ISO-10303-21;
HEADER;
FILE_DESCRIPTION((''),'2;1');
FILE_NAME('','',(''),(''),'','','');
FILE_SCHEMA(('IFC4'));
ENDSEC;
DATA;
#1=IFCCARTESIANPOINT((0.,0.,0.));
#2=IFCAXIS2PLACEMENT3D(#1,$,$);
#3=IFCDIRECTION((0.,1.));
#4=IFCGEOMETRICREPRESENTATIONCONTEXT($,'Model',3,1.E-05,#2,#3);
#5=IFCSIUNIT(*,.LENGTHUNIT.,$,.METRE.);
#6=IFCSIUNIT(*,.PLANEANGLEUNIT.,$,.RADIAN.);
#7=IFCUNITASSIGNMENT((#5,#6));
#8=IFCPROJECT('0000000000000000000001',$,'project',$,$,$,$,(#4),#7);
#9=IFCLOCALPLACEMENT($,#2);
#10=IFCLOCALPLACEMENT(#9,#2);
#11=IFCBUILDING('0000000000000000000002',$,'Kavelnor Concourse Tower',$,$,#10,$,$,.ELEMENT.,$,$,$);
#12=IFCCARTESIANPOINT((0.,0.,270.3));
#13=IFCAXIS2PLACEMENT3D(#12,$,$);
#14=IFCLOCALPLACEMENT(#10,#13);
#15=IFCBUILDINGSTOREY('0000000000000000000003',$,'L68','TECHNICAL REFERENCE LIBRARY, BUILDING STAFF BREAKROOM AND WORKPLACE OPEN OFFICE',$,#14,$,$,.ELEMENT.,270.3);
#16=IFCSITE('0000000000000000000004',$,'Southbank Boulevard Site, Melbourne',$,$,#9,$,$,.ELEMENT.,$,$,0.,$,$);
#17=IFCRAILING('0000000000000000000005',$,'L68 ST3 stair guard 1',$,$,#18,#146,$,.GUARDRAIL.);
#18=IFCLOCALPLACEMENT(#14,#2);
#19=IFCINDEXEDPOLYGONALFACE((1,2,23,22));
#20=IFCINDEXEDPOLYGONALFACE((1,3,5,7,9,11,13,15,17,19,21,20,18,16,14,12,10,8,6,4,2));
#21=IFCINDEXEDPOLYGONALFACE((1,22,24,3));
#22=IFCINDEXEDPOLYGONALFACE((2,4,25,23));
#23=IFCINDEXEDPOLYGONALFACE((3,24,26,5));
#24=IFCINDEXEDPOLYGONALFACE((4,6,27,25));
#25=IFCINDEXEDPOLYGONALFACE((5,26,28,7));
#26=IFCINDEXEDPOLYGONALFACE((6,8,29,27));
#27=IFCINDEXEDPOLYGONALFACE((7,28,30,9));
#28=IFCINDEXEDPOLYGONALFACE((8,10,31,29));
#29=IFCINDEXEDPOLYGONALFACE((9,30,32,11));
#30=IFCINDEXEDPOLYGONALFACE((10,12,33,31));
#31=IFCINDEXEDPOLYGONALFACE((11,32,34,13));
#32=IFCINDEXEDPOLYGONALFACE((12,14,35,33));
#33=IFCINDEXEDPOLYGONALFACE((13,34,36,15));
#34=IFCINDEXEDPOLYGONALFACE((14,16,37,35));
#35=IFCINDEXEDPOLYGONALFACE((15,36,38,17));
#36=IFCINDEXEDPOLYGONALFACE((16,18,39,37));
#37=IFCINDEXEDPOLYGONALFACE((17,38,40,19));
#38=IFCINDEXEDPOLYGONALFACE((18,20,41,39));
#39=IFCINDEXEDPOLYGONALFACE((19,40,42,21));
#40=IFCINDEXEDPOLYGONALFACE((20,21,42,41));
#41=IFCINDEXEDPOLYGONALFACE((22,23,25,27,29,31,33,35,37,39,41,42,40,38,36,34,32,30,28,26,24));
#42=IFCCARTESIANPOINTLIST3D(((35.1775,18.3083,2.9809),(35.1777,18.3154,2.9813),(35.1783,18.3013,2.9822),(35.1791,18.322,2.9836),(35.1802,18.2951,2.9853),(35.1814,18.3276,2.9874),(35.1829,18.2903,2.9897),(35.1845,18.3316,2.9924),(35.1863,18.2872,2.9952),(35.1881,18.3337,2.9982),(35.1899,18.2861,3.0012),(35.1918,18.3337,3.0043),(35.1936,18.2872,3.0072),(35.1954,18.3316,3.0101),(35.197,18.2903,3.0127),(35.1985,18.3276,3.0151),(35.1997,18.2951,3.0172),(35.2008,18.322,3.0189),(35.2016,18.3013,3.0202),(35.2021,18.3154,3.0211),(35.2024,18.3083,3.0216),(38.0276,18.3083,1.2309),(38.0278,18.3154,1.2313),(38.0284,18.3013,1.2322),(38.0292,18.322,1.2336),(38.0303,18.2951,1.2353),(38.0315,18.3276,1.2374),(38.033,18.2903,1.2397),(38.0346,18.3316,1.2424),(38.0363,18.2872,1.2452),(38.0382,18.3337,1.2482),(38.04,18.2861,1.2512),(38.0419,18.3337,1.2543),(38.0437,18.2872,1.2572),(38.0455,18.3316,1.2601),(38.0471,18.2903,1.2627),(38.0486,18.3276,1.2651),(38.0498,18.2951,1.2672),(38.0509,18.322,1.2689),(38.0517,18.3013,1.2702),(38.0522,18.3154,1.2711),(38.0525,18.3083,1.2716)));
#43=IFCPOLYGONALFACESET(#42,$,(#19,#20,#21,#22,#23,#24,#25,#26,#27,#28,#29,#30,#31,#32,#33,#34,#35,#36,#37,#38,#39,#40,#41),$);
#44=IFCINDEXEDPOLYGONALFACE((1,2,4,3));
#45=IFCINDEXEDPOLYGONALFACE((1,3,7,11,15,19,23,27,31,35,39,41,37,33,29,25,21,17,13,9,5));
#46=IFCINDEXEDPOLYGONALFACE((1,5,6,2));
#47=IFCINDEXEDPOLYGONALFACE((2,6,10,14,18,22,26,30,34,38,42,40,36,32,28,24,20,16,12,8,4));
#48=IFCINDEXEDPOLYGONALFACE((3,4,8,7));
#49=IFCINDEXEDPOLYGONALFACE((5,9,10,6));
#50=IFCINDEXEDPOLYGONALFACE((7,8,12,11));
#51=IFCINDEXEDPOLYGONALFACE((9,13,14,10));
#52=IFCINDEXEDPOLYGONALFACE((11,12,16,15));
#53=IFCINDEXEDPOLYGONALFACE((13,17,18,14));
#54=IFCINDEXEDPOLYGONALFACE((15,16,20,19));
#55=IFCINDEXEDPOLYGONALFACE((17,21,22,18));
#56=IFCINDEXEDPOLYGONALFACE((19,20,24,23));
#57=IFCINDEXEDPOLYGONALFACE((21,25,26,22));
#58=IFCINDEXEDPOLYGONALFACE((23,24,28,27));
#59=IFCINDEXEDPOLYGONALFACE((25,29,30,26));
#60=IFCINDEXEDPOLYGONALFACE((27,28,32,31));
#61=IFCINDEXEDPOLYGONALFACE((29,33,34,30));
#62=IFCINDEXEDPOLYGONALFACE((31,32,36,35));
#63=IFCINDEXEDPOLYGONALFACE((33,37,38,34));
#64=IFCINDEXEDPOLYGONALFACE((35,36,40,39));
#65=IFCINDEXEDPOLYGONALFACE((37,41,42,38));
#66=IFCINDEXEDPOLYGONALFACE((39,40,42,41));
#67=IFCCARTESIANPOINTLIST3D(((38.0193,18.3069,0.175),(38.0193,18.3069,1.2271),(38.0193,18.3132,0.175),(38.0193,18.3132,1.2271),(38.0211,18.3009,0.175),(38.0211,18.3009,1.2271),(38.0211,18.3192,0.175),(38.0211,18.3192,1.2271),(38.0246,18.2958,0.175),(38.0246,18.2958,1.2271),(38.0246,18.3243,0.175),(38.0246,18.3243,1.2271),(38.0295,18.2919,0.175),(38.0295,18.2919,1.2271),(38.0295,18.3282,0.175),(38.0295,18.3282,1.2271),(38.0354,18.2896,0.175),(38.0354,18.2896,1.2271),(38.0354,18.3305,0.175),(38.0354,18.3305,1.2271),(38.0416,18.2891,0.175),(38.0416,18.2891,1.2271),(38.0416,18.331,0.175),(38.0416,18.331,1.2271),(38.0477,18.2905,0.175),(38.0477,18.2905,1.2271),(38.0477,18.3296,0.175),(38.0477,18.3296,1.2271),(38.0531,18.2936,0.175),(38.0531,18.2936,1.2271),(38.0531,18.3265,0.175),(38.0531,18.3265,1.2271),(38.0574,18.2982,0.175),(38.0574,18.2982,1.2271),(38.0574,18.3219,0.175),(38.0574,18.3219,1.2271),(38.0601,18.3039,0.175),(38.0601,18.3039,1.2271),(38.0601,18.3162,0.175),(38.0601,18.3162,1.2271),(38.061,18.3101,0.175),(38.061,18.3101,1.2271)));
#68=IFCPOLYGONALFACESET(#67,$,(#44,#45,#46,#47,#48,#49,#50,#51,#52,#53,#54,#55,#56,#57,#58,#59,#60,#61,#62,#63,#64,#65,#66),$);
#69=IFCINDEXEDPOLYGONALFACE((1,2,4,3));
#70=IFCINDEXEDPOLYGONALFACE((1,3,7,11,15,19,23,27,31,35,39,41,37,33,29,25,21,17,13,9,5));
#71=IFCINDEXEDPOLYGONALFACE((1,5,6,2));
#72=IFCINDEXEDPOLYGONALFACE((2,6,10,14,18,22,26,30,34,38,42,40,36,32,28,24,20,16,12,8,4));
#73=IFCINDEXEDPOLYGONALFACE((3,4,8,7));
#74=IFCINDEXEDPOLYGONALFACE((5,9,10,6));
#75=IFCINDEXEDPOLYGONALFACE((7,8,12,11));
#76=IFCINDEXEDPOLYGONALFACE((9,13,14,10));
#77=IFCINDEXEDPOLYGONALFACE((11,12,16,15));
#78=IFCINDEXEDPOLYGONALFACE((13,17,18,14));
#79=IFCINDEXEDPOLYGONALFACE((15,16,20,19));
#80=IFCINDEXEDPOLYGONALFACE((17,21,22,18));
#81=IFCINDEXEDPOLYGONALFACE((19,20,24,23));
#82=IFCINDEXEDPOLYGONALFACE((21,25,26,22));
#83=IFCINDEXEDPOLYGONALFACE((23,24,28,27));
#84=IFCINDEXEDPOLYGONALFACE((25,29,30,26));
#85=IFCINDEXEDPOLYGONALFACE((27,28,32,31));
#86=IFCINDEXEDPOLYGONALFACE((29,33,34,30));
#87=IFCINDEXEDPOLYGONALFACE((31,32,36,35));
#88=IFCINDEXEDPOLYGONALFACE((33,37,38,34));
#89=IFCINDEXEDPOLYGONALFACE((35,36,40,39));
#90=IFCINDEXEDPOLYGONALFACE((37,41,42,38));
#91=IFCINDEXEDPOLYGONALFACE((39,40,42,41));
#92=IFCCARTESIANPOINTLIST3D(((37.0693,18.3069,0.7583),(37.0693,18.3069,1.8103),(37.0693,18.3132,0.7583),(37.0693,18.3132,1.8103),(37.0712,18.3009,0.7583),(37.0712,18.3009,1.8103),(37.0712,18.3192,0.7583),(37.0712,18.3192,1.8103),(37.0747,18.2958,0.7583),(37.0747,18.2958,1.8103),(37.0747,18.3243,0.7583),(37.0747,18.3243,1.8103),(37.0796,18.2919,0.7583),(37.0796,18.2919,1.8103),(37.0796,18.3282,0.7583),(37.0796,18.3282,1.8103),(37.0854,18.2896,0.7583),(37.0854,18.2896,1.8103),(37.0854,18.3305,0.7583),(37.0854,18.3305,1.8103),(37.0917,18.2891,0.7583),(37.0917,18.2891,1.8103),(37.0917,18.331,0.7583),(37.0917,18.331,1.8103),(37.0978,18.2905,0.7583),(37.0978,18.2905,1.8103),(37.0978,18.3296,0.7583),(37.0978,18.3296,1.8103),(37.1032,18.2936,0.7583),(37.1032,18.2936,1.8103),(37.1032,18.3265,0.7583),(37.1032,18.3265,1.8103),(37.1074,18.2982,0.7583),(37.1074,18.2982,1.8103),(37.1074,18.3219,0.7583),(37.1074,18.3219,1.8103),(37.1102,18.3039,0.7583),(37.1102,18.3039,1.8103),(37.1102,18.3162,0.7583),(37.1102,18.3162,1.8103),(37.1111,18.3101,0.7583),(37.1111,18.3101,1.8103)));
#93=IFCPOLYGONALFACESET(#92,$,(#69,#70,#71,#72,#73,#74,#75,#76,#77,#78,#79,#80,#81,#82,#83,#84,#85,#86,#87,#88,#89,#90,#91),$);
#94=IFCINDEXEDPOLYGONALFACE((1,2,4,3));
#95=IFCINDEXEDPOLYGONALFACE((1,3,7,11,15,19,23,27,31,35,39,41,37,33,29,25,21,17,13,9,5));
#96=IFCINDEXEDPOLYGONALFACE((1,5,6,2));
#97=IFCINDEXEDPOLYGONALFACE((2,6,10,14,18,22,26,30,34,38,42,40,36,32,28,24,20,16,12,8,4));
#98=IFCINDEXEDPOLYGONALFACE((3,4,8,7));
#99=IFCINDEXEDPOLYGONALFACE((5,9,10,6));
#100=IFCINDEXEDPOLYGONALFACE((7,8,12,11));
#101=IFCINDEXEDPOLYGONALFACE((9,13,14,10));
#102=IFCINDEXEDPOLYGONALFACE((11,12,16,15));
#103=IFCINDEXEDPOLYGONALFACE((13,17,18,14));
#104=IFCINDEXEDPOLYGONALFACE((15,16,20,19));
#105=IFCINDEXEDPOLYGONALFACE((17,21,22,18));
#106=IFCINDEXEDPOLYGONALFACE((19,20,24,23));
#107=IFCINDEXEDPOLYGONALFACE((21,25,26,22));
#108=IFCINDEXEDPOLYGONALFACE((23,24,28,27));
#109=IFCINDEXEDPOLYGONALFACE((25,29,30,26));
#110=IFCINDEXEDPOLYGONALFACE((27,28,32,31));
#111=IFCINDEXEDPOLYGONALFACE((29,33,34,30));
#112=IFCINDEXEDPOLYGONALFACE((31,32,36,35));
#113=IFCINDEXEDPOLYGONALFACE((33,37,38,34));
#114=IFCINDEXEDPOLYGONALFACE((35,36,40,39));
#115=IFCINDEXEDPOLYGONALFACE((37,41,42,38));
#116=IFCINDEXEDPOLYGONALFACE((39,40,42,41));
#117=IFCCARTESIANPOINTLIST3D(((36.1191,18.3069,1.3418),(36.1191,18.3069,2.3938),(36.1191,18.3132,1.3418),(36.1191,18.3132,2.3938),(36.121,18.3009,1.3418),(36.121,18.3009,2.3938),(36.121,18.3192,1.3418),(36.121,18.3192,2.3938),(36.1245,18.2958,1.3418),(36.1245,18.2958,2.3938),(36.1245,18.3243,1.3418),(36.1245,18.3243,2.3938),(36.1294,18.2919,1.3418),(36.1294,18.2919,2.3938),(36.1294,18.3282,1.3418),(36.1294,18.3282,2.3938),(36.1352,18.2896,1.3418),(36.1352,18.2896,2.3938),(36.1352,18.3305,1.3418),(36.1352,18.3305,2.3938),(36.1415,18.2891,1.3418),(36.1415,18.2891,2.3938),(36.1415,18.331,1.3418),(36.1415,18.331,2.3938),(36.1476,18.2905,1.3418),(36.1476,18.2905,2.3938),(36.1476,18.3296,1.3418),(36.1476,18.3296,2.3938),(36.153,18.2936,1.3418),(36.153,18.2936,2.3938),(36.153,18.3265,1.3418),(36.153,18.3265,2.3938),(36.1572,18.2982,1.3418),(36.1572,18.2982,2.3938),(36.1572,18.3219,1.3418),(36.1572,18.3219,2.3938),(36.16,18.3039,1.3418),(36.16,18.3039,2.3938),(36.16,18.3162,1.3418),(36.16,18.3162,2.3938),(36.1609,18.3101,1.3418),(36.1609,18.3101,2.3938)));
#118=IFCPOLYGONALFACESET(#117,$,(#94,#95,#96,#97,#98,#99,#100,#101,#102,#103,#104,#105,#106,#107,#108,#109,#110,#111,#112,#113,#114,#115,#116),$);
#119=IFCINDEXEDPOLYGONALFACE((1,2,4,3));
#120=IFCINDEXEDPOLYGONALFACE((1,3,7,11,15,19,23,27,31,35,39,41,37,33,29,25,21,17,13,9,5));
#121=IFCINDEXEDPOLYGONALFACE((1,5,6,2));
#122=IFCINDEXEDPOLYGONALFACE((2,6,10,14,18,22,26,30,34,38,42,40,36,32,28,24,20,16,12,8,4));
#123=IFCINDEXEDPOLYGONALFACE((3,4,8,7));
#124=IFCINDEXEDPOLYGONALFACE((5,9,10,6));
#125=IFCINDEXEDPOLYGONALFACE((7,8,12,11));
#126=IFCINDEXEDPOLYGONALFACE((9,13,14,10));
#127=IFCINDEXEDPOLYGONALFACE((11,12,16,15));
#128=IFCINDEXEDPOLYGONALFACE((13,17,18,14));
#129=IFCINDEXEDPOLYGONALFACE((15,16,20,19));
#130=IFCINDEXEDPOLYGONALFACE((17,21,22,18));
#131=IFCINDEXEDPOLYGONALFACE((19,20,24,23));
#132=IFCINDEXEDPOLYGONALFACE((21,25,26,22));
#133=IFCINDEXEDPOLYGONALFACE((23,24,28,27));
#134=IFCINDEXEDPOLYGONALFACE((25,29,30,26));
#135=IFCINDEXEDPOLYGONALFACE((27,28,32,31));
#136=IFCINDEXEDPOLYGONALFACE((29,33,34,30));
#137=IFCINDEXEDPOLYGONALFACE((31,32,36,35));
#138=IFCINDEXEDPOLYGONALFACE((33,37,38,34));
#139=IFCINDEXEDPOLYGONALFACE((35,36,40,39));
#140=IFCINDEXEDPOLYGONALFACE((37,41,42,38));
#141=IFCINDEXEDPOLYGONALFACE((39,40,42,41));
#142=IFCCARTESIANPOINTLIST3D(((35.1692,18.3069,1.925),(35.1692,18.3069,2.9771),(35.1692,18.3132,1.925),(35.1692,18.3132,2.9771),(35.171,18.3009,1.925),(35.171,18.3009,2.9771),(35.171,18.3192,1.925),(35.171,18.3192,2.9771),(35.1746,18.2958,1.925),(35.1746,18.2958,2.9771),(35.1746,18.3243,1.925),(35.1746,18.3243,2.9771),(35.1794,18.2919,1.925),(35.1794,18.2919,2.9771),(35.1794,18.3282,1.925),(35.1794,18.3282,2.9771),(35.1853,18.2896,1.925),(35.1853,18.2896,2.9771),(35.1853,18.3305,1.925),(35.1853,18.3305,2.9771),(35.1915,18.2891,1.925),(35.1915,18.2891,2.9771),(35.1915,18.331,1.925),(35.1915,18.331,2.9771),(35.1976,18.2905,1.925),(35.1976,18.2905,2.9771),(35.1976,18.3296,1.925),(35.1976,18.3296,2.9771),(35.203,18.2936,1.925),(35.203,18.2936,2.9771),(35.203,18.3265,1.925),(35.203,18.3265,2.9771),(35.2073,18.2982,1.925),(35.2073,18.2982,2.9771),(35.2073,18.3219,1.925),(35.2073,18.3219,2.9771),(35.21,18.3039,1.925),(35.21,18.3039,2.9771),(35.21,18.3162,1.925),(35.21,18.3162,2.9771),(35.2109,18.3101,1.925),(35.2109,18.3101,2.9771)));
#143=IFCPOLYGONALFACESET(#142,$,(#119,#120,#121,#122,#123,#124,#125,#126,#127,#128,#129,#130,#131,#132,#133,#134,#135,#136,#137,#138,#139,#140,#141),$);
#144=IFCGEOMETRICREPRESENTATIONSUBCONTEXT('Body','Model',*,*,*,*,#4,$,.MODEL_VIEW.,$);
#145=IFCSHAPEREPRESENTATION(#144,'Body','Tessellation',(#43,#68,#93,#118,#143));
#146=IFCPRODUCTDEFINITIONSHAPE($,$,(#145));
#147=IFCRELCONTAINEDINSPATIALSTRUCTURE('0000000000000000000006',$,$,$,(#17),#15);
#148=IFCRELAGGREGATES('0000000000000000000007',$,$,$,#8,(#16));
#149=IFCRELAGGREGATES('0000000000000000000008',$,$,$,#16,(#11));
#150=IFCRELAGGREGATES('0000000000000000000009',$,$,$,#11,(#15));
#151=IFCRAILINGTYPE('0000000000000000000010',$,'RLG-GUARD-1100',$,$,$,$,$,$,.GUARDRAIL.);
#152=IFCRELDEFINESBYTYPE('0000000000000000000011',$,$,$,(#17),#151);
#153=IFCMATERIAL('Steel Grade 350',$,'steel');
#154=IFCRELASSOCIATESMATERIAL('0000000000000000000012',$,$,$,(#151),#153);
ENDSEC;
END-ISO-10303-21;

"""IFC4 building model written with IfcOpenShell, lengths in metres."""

from ifc_helpers import new_model, si_unit, direction, frame, origin, origin_2d, place, context, subcontext, project, spatial, circle, extrude, material, type_object, element, save


model = new_model("IFC4")

# Units and contexts
model_context = context("Model", 3, precision=1e-05, world=origin(), true_north=direction((0.0, 1.0)))
body_context = subcontext(model_context, "Body", "Model", "MODEL_VIEW")
ifc_project = project(units=[si_unit("LENGTHUNIT", "METRE"), si_unit("PLANEANGLEUNIT", "RADIAN")], contexts=[model_context])

# Site, building, storey
site_placement = place(None, origin())
site = spatial("IfcSite", under=ifc_project, at=site_placement, Name="Southbank Boulevard Site, Melbourne", CompositionType="ELEMENT", RefElevation=0.0)
building_placement = place(site_placement, origin())
building = spatial("IfcBuilding", under=site, at=building_placement, Name="Kavelnor Concourse Tower", CompositionType="ELEMENT")
storey_placement = place(building_placement, frame((0.0, 0.0, 270.3)))
storey = spatial("IfcBuildingStorey", under=building, at=storey_placement, Name="L68", Description="TECHNICAL REFERENCE LIBRARY, BUILDING STAFF BREAKROOM AND WORKPLACE OPEN OFFICE", CompositionType="ELEMENT", Elevation=270.3)

# Shared definitions
ifc_material_1 = material(Name="Steel Grade 350", Category="steel")

# Railing
railing_type_1 = type_object("IfcRailingType", Name="RLG-GUARD-1100", PredefinedType="GUARDRAIL", material=ifc_material_1)
railing_1_placement = place(storey_placement, frame((38.04, 18.3101, 0.175)))
element("IfcRailing", 1, at=railing_1_placement, inside=storey, type_object=railing_type_1, Name="L68 ST3 stair guard 1", PredefinedType="GUARDRAIL", context=body_context, shape_type="SweptSolid", body=[
    extrude(circle(Radius=0.0239, at=origin_2d()), frame((0.0, 0.0, 1.0762), z_axis=(-0.852179, 0.0, 0.52325), x_axis=(0.0, -1.0, 0.0)), (0.0, 0.0, 1.0), 3.3445),
    extrude(circle(Radius=0.021, at=origin_2d()), origin(), (0.0, 0.0, 1.0), 1.052),
    extrude(circle(Radius=0.021, at=origin_2d()), frame((-0.95, 0.0, 0.5833)), (0.0, 0.0, 1.0), 1.052),
    extrude(circle(Radius=0.021, at=origin_2d()), frame((-1.9001, 0.0, 1.1667)), (0.0, 0.0, 1.0), 1.052),
    extrude(circle(Radius=0.021, at=origin_2d()), frame((-2.8501, 0.0, 1.75)), (0.0, 0.0, 1.0), 1.052),
])

save(model, "model.ifc")
